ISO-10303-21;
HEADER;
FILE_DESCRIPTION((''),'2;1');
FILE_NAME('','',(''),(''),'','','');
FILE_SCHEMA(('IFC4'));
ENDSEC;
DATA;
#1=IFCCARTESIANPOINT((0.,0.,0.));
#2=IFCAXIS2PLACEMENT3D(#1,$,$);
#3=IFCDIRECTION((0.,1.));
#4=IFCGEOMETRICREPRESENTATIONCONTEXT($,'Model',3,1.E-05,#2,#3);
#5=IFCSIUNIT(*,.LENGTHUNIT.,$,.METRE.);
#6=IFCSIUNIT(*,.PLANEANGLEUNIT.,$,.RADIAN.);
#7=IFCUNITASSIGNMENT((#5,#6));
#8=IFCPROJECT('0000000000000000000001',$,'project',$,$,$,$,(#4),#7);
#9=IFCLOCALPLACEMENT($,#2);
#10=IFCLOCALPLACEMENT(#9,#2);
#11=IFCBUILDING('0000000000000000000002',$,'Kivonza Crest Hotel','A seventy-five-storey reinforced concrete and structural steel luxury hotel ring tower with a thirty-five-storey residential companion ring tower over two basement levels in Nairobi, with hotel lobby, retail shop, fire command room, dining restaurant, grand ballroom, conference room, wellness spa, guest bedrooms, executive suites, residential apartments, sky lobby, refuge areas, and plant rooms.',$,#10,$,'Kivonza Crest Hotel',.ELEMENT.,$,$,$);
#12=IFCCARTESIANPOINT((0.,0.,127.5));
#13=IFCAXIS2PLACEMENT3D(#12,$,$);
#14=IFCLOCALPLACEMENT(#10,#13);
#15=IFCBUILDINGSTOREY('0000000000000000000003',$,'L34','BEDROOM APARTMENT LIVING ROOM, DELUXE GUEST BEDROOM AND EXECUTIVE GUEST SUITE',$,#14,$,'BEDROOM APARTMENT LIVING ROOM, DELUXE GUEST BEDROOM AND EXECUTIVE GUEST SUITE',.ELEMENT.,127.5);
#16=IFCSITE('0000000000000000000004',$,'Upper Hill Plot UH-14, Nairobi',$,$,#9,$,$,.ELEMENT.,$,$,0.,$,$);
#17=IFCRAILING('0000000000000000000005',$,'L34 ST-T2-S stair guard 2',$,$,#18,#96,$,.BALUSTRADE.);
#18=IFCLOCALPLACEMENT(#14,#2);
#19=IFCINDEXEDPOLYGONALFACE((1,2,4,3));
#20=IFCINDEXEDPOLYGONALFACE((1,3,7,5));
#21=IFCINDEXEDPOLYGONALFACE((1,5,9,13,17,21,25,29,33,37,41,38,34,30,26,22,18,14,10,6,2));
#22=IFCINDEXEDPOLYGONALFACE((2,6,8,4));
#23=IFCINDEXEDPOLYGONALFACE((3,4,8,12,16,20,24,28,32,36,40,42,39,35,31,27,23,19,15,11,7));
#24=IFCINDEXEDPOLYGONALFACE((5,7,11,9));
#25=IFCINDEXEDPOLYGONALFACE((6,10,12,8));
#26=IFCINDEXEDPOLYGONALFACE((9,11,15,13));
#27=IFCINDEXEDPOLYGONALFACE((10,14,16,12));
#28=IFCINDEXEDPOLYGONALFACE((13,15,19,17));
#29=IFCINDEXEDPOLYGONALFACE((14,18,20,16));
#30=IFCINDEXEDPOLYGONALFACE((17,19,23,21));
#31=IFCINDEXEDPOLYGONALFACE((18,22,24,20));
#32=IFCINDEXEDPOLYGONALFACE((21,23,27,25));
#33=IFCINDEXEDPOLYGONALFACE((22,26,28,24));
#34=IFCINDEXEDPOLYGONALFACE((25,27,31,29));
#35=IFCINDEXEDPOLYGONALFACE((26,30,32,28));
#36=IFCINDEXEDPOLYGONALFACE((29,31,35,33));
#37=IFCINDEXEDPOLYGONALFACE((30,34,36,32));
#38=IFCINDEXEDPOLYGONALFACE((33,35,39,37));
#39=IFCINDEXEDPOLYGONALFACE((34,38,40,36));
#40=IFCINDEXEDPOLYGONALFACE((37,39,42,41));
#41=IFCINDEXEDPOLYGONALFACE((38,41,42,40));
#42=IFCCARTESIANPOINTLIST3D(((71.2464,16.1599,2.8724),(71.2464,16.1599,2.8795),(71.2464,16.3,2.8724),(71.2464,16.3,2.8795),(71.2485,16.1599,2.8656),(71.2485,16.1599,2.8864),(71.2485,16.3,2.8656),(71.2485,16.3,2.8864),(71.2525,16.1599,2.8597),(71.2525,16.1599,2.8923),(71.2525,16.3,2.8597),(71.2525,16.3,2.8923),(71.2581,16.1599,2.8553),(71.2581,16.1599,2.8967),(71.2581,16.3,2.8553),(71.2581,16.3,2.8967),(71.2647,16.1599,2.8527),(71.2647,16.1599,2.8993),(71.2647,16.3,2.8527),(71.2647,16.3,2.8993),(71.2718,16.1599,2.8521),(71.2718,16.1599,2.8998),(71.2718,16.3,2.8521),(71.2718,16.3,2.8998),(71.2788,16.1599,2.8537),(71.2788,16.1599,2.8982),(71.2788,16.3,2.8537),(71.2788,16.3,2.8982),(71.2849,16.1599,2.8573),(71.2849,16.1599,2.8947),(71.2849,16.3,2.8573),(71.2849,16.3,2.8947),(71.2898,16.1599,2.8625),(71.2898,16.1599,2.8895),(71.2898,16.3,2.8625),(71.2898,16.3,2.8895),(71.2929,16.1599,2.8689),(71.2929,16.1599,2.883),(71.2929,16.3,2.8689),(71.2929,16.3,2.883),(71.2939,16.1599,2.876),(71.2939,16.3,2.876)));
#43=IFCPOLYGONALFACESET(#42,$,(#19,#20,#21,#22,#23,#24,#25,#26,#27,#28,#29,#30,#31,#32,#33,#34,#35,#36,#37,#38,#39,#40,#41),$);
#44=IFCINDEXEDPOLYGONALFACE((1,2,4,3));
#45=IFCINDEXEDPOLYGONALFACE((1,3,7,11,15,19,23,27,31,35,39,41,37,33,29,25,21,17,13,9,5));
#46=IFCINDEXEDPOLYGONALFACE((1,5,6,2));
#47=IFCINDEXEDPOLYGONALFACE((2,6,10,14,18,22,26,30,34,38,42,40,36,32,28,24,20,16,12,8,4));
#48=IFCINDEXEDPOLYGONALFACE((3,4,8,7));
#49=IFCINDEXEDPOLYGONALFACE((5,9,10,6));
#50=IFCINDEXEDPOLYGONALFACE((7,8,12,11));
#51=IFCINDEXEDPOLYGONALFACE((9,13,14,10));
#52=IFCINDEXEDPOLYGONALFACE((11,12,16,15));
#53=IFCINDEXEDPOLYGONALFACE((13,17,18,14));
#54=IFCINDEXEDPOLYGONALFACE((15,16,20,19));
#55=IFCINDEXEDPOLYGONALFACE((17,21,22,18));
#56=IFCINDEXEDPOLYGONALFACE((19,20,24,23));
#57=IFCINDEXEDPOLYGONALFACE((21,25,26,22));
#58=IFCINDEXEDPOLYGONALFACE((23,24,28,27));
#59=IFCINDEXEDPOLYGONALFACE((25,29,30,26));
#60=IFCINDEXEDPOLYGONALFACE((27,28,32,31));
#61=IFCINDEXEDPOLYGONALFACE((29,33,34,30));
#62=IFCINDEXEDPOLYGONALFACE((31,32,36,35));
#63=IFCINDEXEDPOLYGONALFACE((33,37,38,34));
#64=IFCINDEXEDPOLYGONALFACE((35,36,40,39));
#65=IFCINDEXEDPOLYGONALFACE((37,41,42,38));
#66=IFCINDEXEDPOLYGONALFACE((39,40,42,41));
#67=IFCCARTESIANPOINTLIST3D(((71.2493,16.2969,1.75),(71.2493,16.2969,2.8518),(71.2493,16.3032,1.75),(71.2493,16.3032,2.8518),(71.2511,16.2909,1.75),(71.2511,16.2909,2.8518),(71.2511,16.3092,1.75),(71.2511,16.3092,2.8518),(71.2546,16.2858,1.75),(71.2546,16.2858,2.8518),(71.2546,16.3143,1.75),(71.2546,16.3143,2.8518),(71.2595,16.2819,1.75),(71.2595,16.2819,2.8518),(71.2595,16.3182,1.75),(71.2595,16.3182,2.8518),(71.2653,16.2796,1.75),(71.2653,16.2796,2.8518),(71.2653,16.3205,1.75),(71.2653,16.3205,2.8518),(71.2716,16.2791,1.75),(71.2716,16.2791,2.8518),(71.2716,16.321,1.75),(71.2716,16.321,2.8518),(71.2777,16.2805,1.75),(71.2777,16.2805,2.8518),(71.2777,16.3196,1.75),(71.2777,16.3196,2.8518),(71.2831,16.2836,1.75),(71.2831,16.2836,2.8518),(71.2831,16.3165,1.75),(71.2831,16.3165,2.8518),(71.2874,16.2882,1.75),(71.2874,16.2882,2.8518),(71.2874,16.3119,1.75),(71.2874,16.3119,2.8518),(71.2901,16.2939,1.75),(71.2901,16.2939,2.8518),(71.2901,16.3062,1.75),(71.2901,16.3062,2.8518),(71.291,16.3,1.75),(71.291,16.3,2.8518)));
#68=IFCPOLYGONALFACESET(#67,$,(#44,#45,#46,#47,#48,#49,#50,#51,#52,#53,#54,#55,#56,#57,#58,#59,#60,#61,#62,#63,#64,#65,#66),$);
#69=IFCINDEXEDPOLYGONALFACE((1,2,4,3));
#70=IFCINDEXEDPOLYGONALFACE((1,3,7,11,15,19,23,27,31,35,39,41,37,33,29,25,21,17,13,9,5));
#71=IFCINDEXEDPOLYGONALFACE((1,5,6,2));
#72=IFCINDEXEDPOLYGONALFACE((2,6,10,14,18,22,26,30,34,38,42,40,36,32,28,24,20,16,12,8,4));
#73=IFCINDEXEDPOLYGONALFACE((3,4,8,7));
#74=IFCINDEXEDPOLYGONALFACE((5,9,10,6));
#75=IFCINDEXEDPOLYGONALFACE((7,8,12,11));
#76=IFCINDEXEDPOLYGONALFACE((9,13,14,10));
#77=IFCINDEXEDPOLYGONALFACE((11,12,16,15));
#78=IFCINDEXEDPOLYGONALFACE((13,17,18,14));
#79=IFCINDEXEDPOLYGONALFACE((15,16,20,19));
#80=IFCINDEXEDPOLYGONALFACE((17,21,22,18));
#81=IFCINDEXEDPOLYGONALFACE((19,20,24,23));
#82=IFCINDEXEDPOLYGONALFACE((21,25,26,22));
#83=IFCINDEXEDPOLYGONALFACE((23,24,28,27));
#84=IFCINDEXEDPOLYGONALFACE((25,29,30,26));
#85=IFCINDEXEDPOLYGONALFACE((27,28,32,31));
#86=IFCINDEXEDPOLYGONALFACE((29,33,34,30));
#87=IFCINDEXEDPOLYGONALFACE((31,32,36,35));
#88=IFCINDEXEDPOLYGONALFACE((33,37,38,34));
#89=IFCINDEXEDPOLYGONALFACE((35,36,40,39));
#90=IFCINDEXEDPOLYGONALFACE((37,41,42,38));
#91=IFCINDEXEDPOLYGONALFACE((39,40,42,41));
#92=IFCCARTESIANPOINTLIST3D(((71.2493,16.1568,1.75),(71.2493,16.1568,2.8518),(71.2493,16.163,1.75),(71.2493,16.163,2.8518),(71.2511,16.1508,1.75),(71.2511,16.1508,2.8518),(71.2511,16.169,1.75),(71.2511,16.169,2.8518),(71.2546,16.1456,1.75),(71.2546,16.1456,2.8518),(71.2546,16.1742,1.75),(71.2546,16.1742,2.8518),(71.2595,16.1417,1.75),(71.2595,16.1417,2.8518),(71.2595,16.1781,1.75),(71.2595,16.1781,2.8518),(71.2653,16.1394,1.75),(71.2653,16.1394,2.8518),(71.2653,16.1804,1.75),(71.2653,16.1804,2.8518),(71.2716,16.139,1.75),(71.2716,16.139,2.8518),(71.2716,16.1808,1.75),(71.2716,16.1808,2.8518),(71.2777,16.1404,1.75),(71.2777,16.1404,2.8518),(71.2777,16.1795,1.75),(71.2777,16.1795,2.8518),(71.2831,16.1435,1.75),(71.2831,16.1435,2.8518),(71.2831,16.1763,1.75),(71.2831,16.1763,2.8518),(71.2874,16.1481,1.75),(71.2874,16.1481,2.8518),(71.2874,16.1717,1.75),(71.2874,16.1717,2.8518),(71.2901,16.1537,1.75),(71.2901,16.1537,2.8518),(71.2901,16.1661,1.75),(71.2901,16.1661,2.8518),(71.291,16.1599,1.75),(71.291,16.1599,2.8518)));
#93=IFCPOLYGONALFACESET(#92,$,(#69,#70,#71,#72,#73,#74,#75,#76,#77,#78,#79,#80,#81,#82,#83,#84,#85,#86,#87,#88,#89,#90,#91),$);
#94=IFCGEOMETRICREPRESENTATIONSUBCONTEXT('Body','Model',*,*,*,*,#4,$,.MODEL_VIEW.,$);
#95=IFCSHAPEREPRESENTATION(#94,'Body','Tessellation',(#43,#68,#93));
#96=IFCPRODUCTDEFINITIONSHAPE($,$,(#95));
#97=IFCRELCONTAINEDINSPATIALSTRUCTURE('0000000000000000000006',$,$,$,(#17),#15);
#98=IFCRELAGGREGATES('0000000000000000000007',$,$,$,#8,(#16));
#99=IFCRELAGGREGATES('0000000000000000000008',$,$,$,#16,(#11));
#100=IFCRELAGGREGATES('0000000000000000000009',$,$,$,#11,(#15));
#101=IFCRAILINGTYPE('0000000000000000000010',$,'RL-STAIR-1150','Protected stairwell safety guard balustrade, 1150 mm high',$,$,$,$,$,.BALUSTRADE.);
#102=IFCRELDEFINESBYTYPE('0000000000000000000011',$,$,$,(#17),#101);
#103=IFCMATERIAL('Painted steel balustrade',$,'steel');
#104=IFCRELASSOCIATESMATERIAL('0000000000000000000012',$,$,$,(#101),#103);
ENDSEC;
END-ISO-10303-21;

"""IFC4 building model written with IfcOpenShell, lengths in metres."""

from ifc_helpers import new_model, si_unit, direction, frame, origin, origin_2d, place, context, subcontext, project, spatial, circle, extrude, material, type_object, element, save


model = new_model("IFC4")

# Units and contexts
model_context = context("Model", 3, precision=1e-05, world=origin(), true_north=direction((0.0, 1.0)))
body_context = subcontext(model_context, "Body", "Model", "MODEL_VIEW")
ifc_project = project(units=[si_unit("LENGTHUNIT", "METRE"), si_unit("PLANEANGLEUNIT", "RADIAN")], contexts=[model_context])

# Site, building, storey
site_placement = place(None, origin())
site = spatial("IfcSite", under=ifc_project, at=site_placement, Name="Upper Hill Plot UH-14, Nairobi", CompositionType="ELEMENT", RefElevation=0.0)
building_placement = place(site_placement, origin())
building = spatial("IfcBuilding", under=site, at=building_placement, Name="Kivonza Crest Hotel", Description="A seventy-five-storey reinforced concrete and structural steel luxury hotel ring tower with a thirty-five-storey residential companion ring tower over two basement levels in Nairobi, with hotel lobby, retail shop, fire command room, dining restaurant, grand ballroom, conference room, wellness spa, guest bedrooms, executive suites, residential apartments, sky lobby, refuge areas, and plant rooms.", LongName="Kivonza Crest Hotel", CompositionType="ELEMENT")
storey_placement = place(building_placement, frame((0.0, 0.0, 127.5)))
storey = spatial("IfcBuildingStorey", under=building, at=storey_placement, Name="L34", Description="BEDROOM APARTMENT LIVING ROOM, DELUXE GUEST BEDROOM AND EXECUTIVE GUEST SUITE", LongName="BEDROOM APARTMENT LIVING ROOM, DELUXE GUEST BEDROOM AND EXECUTIVE GUEST SUITE", CompositionType="ELEMENT", Elevation=127.5)

# Railing
ifc_material_1 = material(Name="Painted steel balustrade", Category="steel")
railing_type_1 = type_object("IfcRailingType", Name="RL-STAIR-1150", Description="Protected stairwell safety guard balustrade, 1150 mm high", PredefinedType="BALUSTRADE", material=ifc_material_1)
railing_1_placement = place(storey_placement, frame((71.27, 16.3, 1.75)))
element("IfcRailing", 1, at=railing_1_placement, inside=storey, type_object=railing_type_1, Name="L34 ST-T2-S stair guard 2", PredefinedType="BALUSTRADE", context=body_context, shape_type="SweptSolid", body=[
    extrude(circle(Radius=0.0239, at=origin_2d()), frame((0.0, 0.0, 1.126), z_axis=(0.0, -1.0, 0.0), x_axis=(1.0, 0.0, 0.0)), (0.0, 0.0, 1.0), 0.1401),
    extrude(circle(Radius=0.021, at=origin_2d()), origin(), (0.0, 0.0, 1.0), 1.1018),
    extrude(circle(Radius=0.021, at=origin_2d()), frame((0.0, -0.1401, 0.0)), (0.0, 0.0, 1.0), 1.1018),
])

save(model, "model.ifc")
